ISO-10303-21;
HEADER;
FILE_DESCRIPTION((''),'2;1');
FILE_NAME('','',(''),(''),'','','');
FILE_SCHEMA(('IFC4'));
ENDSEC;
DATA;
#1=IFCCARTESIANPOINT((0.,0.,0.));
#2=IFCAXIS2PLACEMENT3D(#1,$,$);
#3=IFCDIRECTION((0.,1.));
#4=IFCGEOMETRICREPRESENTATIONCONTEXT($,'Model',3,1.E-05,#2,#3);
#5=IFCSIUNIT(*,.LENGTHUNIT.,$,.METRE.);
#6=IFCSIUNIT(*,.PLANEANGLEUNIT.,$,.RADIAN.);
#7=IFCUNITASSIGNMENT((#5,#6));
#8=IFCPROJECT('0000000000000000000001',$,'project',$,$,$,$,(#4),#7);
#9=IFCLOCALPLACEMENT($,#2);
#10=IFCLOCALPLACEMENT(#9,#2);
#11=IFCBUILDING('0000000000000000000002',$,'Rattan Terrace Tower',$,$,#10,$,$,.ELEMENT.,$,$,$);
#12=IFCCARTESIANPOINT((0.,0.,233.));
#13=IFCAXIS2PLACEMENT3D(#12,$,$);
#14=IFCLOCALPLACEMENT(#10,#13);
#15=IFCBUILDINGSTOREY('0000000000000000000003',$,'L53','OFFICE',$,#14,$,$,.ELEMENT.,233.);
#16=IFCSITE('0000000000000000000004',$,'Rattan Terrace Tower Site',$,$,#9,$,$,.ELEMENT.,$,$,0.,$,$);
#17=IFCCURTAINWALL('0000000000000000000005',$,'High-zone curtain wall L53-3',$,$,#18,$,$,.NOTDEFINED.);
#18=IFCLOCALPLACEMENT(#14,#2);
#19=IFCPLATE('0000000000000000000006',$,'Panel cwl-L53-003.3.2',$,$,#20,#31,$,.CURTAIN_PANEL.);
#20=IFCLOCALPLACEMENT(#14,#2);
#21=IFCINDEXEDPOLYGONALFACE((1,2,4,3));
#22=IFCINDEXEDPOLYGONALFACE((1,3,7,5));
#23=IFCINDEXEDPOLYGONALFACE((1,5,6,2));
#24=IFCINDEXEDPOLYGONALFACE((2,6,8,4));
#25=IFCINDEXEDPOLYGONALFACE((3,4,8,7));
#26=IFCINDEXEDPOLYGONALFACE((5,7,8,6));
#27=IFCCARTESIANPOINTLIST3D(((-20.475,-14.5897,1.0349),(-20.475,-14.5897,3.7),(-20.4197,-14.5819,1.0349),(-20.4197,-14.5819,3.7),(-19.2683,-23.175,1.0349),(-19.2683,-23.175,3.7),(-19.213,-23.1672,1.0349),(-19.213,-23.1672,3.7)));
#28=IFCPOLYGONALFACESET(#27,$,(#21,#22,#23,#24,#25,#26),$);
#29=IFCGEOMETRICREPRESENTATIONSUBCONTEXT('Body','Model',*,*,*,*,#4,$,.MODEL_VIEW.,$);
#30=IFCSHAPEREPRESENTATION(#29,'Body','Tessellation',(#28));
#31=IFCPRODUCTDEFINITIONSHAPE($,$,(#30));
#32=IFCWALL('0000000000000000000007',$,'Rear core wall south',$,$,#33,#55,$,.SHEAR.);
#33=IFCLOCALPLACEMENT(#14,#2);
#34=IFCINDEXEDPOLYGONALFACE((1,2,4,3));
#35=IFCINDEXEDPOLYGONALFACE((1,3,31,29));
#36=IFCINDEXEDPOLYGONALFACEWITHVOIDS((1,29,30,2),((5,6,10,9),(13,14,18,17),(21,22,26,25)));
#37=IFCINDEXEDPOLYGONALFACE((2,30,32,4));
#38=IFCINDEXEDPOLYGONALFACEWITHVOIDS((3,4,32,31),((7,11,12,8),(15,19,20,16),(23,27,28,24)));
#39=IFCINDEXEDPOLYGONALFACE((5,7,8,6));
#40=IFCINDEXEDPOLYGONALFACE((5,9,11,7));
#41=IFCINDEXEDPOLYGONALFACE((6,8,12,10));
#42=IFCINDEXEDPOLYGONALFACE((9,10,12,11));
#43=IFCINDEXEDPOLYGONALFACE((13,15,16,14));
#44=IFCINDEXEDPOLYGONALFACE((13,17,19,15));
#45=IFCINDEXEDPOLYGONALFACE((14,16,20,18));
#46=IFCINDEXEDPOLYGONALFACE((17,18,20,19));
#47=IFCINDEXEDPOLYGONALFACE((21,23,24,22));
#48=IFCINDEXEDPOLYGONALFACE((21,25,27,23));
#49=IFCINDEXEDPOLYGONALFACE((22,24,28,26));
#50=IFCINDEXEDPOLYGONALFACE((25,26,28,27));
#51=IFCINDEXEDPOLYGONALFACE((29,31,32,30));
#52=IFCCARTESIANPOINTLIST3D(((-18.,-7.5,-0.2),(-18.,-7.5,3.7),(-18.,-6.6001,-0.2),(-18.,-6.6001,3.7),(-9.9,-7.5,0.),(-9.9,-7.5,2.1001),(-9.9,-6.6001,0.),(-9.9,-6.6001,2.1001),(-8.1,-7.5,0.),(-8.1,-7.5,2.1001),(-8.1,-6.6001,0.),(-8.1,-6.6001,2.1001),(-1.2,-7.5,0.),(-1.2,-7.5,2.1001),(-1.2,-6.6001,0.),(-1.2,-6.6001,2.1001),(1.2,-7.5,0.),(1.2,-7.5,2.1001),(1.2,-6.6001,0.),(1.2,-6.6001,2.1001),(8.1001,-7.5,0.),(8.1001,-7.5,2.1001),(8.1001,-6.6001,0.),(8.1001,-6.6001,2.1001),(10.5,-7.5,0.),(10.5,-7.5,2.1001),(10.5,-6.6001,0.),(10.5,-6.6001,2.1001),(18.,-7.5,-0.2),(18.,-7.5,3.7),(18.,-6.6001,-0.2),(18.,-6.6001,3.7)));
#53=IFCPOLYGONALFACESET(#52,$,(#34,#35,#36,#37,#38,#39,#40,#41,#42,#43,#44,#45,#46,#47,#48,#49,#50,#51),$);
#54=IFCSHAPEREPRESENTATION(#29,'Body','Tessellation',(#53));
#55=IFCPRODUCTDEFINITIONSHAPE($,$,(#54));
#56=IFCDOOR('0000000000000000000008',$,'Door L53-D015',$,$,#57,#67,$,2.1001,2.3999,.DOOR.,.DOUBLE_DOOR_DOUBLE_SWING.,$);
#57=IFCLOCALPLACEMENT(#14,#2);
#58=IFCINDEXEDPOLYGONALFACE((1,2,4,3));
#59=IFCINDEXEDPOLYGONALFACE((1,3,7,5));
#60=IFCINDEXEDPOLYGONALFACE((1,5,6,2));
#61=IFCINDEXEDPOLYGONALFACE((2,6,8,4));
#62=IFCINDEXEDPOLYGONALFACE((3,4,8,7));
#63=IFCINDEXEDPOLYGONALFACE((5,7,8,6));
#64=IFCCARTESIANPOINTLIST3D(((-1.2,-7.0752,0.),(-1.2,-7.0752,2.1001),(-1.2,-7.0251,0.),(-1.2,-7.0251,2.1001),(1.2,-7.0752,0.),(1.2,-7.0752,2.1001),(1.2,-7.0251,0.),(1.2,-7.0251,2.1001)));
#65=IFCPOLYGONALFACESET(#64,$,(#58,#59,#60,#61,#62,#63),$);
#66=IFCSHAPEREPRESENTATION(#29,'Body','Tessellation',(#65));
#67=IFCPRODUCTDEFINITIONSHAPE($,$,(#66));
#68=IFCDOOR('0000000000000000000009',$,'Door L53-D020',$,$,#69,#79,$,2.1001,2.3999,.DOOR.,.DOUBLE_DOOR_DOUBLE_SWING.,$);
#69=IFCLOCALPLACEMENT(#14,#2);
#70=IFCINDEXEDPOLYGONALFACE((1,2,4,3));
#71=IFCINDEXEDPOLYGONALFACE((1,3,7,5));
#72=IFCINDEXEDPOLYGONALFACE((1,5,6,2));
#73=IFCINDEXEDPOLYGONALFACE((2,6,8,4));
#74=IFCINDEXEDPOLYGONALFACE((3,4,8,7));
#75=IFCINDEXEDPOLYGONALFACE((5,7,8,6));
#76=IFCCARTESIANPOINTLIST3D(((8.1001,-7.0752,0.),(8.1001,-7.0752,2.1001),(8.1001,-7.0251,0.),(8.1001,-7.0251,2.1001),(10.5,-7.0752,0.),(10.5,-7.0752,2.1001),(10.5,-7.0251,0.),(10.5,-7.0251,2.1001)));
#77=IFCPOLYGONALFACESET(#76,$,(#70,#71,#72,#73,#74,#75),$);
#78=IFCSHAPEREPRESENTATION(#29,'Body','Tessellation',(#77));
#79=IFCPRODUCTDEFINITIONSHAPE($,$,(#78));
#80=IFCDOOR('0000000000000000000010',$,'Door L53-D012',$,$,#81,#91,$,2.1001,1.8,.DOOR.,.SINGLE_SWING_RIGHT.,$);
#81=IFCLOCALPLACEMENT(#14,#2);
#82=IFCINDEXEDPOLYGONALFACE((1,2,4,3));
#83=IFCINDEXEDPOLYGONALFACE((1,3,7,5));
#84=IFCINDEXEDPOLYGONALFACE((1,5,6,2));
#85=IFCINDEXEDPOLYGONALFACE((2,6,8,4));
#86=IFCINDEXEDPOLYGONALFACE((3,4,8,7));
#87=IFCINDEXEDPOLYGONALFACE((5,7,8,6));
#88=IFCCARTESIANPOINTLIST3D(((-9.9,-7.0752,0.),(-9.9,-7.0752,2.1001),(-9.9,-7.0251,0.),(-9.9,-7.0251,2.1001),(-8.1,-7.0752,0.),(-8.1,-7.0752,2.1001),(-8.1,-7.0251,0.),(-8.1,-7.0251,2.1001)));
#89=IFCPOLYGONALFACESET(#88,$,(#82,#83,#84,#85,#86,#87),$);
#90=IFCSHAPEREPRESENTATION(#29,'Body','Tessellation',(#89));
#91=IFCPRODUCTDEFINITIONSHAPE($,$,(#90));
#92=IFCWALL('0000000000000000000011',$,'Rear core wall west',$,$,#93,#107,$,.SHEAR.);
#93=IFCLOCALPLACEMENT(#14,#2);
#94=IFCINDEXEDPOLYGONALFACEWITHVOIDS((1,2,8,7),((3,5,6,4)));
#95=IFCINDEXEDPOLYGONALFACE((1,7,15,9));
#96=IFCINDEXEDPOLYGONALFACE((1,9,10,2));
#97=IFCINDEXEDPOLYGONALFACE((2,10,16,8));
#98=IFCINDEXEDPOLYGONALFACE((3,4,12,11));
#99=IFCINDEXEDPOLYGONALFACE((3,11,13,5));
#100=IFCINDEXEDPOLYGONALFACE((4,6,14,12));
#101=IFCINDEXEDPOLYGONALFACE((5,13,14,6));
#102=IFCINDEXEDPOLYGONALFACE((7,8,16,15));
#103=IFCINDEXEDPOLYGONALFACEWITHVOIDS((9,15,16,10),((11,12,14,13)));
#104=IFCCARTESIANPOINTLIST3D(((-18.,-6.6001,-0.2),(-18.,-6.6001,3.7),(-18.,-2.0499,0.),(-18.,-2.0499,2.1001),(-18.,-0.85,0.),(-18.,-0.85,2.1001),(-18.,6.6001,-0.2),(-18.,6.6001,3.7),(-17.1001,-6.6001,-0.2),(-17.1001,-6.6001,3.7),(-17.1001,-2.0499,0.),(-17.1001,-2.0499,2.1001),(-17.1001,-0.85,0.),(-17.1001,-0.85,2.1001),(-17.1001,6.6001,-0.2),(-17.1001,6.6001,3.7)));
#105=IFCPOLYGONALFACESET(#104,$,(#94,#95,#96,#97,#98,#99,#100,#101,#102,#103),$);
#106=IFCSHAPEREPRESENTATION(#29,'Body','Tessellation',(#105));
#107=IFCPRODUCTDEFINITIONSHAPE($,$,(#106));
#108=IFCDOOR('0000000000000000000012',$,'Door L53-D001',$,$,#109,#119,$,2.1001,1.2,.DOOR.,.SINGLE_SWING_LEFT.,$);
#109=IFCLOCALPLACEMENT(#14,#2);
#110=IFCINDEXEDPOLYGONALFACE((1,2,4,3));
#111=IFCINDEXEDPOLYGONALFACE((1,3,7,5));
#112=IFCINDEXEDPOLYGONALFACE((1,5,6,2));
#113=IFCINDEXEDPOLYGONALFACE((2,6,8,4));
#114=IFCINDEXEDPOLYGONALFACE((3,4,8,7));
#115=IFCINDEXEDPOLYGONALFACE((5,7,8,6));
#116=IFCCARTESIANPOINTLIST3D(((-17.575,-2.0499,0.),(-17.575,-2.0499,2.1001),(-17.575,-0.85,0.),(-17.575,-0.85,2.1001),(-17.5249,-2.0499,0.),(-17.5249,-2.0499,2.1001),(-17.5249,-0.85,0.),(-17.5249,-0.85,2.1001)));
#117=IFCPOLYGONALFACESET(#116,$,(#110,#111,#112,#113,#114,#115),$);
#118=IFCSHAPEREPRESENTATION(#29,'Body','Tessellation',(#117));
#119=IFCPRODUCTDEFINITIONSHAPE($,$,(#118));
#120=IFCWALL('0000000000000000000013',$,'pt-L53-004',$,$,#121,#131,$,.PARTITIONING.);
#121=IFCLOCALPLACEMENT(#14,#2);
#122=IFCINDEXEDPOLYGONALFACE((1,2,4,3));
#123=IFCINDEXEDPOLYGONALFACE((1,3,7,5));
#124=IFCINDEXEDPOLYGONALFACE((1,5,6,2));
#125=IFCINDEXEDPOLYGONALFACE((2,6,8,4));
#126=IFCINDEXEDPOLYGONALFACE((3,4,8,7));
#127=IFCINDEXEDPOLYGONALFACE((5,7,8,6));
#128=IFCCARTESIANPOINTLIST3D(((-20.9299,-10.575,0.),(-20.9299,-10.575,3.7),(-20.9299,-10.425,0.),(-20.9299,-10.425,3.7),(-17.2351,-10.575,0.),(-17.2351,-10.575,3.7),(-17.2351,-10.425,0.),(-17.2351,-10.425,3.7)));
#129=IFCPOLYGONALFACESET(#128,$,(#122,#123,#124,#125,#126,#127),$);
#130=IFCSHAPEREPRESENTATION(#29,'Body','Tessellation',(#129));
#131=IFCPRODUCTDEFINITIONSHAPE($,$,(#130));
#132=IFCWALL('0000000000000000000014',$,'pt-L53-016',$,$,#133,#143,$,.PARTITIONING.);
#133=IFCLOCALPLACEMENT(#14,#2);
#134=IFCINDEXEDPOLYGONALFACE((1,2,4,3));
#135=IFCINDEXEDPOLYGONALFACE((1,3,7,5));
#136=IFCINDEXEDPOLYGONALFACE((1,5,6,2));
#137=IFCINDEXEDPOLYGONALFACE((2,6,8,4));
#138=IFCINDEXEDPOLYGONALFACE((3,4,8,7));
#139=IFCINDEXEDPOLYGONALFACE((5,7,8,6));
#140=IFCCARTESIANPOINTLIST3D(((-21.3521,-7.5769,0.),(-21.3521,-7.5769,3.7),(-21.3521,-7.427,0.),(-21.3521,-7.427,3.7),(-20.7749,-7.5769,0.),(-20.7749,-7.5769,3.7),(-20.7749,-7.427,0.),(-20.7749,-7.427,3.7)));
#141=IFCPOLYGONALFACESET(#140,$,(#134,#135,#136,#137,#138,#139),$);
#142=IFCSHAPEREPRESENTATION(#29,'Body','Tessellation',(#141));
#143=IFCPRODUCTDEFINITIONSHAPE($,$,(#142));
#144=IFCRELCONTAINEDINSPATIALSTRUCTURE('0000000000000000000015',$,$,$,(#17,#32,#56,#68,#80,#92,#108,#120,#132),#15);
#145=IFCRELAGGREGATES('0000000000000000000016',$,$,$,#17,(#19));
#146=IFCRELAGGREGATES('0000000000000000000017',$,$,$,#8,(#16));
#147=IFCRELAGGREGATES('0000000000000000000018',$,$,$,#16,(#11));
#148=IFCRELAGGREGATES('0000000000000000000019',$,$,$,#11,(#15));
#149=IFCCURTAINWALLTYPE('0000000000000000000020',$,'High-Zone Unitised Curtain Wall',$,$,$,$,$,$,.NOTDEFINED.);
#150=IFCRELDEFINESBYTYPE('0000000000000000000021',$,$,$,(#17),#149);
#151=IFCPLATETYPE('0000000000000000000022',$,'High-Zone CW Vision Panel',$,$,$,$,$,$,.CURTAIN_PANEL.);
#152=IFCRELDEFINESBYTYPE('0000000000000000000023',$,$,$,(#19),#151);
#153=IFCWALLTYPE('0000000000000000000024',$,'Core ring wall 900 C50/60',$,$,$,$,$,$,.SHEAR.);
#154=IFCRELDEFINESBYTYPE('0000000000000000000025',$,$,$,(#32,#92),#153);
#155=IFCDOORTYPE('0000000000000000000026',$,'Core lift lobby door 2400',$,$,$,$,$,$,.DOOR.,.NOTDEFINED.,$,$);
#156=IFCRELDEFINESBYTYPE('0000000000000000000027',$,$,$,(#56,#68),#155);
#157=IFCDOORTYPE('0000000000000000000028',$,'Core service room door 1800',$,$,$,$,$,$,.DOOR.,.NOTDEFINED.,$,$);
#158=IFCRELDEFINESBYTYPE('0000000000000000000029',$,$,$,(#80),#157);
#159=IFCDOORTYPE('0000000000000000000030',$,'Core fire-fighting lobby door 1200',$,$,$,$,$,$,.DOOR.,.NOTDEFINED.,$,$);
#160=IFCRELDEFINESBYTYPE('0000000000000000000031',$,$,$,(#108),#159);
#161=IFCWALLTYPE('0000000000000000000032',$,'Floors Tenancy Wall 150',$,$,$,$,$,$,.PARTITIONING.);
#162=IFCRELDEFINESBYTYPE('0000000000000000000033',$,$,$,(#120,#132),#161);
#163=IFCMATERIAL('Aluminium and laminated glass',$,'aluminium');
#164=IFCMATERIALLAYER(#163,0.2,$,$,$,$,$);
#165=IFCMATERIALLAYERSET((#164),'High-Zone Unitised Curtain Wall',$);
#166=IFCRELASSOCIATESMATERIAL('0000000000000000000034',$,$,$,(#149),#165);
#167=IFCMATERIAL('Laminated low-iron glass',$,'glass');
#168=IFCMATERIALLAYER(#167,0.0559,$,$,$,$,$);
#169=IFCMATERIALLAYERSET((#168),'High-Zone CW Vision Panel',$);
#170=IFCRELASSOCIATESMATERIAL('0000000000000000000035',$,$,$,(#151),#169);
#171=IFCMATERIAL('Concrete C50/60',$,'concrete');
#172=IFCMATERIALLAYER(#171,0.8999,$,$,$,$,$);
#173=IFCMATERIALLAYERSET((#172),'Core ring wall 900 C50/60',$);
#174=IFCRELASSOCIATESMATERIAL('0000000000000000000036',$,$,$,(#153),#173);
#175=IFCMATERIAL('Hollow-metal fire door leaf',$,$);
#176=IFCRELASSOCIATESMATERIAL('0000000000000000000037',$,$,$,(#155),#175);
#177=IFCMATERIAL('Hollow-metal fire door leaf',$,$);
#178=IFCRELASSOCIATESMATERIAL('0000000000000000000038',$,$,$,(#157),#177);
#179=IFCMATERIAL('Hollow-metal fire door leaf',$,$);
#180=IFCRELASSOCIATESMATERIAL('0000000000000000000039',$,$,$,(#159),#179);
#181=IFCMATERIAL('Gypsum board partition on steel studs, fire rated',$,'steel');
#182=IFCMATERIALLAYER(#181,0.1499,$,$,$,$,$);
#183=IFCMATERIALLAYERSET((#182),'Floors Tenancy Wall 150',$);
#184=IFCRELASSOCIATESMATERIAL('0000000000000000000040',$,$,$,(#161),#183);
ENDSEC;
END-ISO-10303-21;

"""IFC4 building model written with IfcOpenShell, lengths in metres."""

from ifc_helpers import new_model, si_unit, direction, frame, frame_2d, origin, origin_2d, place, context, subcontext, project, spatial, rectangle, extrude, material, layer, layer_set, type_object, element, fill, aggregate, save


model = new_model("IFC4")

# Units and contexts
model_context = context("Model", 3, precision=1e-05, world=origin(), true_north=direction((0.0, 1.0)))
body_context = subcontext(model_context, "Body", "Model", "MODEL_VIEW")
ifc_project = project(units=[si_unit("LENGTHUNIT", "METRE"), si_unit("PLANEANGLEUNIT", "RADIAN")], contexts=[model_context])

# Site, building, storey
site_placement = place(None, origin())
site = spatial("IfcSite", under=ifc_project, at=site_placement, Name="Rattan Terrace Tower Site", CompositionType="ELEMENT", RefElevation=0.0)
building_placement = place(site_placement, origin())
building = spatial("IfcBuilding", under=site, at=building_placement, Name="Rattan Terrace Tower", CompositionType="ELEMENT")
storey_placement = place(building_placement, frame((0.0, 0.0, 233.0)))
storey = spatial("IfcBuildingStorey", under=building, at=storey_placement, Name="L53", Description="OFFICE", CompositionType="ELEMENT", Elevation=233.0)

# Curtain wall, plate
ifc_material_1 = material(Name="Aluminium and laminated glass", Category="aluminium")
ifc_layer_1 = layer(ifc_material_1, 0.2)
ifc_layer_set_1 = layer_set([ifc_layer_1], Name="High-Zone Unitised Curtain Wall")
curtain_wall_type = type_object("IfcCurtainWallType", Name="High-Zone Unitised Curtain Wall", PredefinedType="NOTDEFINED", material=ifc_layer_set_1)
curtain_wall_placement = place(storey_placement, origin())
curtain_wall = element("IfcCurtainWall", 1, at=curtain_wall_placement, inside=storey, type_object=curtain_wall_type, Name="High-zone curtain wall L53-3", PredefinedType="NOTDEFINED")
ifc_material_2 = material(Name="Laminated low-iron glass", Category="glass")
ifc_layer_2 = layer(ifc_material_2, 0.0559)
ifc_layer_set_2 = layer_set([ifc_layer_2], Name="High-Zone CW Vision Panel")
plate_type_1 = type_object("IfcPlateType", Name="High-Zone CW Vision Panel", PredefinedType="CURTAIN_PANEL", material=ifc_layer_set_2)
plate_1_placement = place(storey_placement, frame((-19.844, -18.8784, 1.0349), z_axis=(0.0, 0.0, 1.0), x_axis=(0.139186, -0.990266, 0.0)))
plate_1 = element("IfcPlate", 2, at=plate_1_placement, type_object=plate_type_1, Name="Panel cwl-L53-003.3.2", PredefinedType="CURTAIN_PANEL", context=body_context, shape_type="SweptSolid", body=[
    extrude(rectangle(XDim=8.6697, YDim=0.0559, at=origin_2d()), origin(), (0.0, 0.0, 1.0), 2.665),
])
aggregate(curtain_wall, [plate_1])

# Wall, openings, doors
ifc_material_3 = material(Name="Concrete C50/60", Category="concrete")
ifc_layer_3 = layer(ifc_material_3, 0.8999)
ifc_layer_set_3 = layer_set([ifc_layer_3], Name="Core ring wall 900 C50/60")
wall_type_1 = type_object("IfcWallType", Name="Core ring wall 900 C50/60", PredefinedType="SHEAR", material=ifc_layer_set_3)
wall_1_placement = place(storey_placement, frame((-18.0, -7.05, -0.2), z_axis=(0.0, 0.0, 1.0), x_axis=(1.0, 0.0, 0.0)))
wall_1 = element("IfcWall", 3, at=wall_1_placement, inside=storey, type_object=wall_type_1, Name="Rear core wall south", PredefinedType="SHEAR", context=body_context, shape_type="SweptSolid", body=[
    extrude(rectangle(XDim=36.0, YDim=0.8999, at=frame_2d((18.0, 0.0))), origin(), (0.0, 0.0, 1.0), 3.8999),
])
opening_1_placement = place(wall_1_placement, frame((8.1001, 0.0, 0.2)))
opening_1 = element("IfcOpeningElement", 4, at=opening_1_placement, cuts=wall_1, PredefinedType="OPENING", context=body_context, shape_type="SweptSolid", body=[
    extrude(rectangle(XDim=1.8, YDim=2.1001, at=frame_2d((0.8999, 1.05))), frame((0.0, 0.4604, 0.0), z_axis=(0.0, -1.0, 0.0), x_axis=(1.0, 0.0, 0.0)), (0.0, 0.0, 1.0), 0.9209),
])
opening_2_placement = place(wall_1_placement, frame((16.8, 0.0, 0.2)))
opening_2 = element("IfcOpeningElement", 5, at=opening_2_placement, cuts=wall_1, PredefinedType="OPENING", context=body_context, shape_type="SweptSolid", body=[
    extrude(rectangle(XDim=2.3999, YDim=2.1001, at=frame_2d((1.2, 1.05))), frame((0.0, 0.4604, 0.0), z_axis=(0.0, -1.0, 0.0), x_axis=(1.0, 0.0, 0.0)), (0.0, 0.0, 1.0), 0.9209),
])
opening_3_placement = place(wall_1_placement, frame((26.1001, 0.0, 0.2)))
opening_3 = element("IfcOpeningElement", 6, at=opening_3_placement, cuts=wall_1, PredefinedType="OPENING", context=body_context, shape_type="SweptSolid", body=[
    extrude(rectangle(XDim=2.3999, YDim=2.1001, at=frame_2d((1.2, 1.05))), frame((0.0, 0.4604, 0.0), z_axis=(0.0, -1.0, 0.0), x_axis=(1.0, 0.0, 0.0)), (0.0, 0.0, 1.0), 0.9209),
])
ifc_material_4 = material(Name="Hollow-metal fire door leaf")
door_type_1 = type_object("IfcDoorType", Name="Core lift lobby door 2400", OperationType="NOTDEFINED", PredefinedType="DOOR", material=ifc_material_4)
door_1_placement = place(opening_2_placement, origin())
door_1 = element("IfcDoor", 7, at=door_1_placement, inside=storey, type_object=door_type_1, Name="Door L53-D015", OperationType="DOUBLE_DOOR_DOUBLE_SWING", OverallHeight=2.1001, OverallWidth=2.3999, PredefinedType="DOOR", context=body_context, shape_type="SweptSolid", body=[
    extrude(rectangle(XDim=2.3999, YDim=2.1001, at=frame_2d((1.2, 1.05))), frame((0.0, 0.0249, 0.0), z_axis=(0.0, -1.0, 0.0), x_axis=(1.0, 0.0, 0.0)), (0.0, 0.0, 1.0), 0.05),
])
fill(opening_2, door_1)
door_2_placement = place(opening_3_placement, origin())
door_2 = element("IfcDoor", 8, at=door_2_placement, inside=storey, type_object=door_type_1, Name="Door L53-D020", OperationType="DOUBLE_DOOR_DOUBLE_SWING", OverallHeight=2.1001, OverallWidth=2.3999, PredefinedType="DOOR", context=body_context, shape_type="SweptSolid", body=[
    extrude(rectangle(XDim=2.3999, YDim=2.1001, at=frame_2d((1.2, 1.05))), frame((0.0, 0.0249, 0.0), z_axis=(0.0, -1.0, 0.0), x_axis=(1.0, 0.0, 0.0)), (0.0, 0.0, 1.0), 0.05),
])
fill(opening_3, door_2)
ifc_material_5 = material(Name="Hollow-metal fire door leaf")
door_type_2 = type_object("IfcDoorType", Name="Core service room door 1800", OperationType="NOTDEFINED", PredefinedType="DOOR", material=ifc_material_5)
door_3_placement = place(opening_1_placement, origin())
door_3 = element("IfcDoor", 9, at=door_3_placement, inside=storey, type_object=door_type_2, Name="Door L53-D012", OperationType="SINGLE_SWING_RIGHT", OverallHeight=2.1001, OverallWidth=1.8, PredefinedType="DOOR", context=body_context, shape_type="SweptSolid", body=[
    extrude(rectangle(XDim=1.8, YDim=2.1001, at=frame_2d((0.8999, 1.05))), frame((0.0, 0.0249, 0.0), z_axis=(0.0, -1.0, 0.0), x_axis=(1.0, 0.0, 0.0)), (0.0, 0.0, 1.0), 0.05),
])
fill(opening_1, door_3)

# Wall, opening, door
wall_2_placement = place(storey_placement, frame((-17.55, -6.6001, -0.2), z_axis=(0.0, 0.0, 1.0), x_axis=(0.0, 1.0, 0.0)))
wall_2 = element("IfcWall", 10, at=wall_2_placement, inside=storey, type_object=wall_type_1, Name="Rear core wall west", PredefinedType="SHEAR", context=body_context, shape_type="SweptSolid", body=[
    extrude(rectangle(XDim=13.2002, YDim=0.8999, at=frame_2d((6.6001, 0.0))), origin(), (0.0, 0.0, 1.0), 3.8999),
])
opening_4_placement = place(wall_2_placement, frame((4.55, 0.0, 0.2)))
opening_4 = element("IfcOpeningElement", 11, at=opening_4_placement, cuts=wall_2, PredefinedType="OPENING", context=body_context, shape_type="SweptSolid", body=[
    extrude(rectangle(XDim=1.2, YDim=2.1001, at=frame_2d((0.6001, 1.05))), frame((0.0, 0.4604, 0.0), z_axis=(0.0, -1.0, 0.0), x_axis=(1.0, 0.0, 0.0)), (0.0, 0.0, 1.0), 0.9209),
])
ifc_material_6 = material(Name="Hollow-metal fire door leaf")
door_type_3 = type_object("IfcDoorType", Name="Core fire-fighting lobby door 1200", OperationType="NOTDEFINED", PredefinedType="DOOR", material=ifc_material_6)
door_4_placement = place(opening_4_placement, origin())
door_4 = element("IfcDoor", 12, at=door_4_placement, inside=storey, type_object=door_type_3, Name="Door L53-D001", OperationType="SINGLE_SWING_LEFT", OverallHeight=2.1001, OverallWidth=1.2, PredefinedType="DOOR", context=body_context, shape_type="SweptSolid", body=[
    extrude(rectangle(XDim=1.2, YDim=2.1001, at=frame_2d((0.6001, 1.05))), frame((0.0, 0.0249, 0.0), z_axis=(0.0, -1.0, 0.0), x_axis=(1.0, 0.0, 0.0)), (0.0, 0.0, 1.0), 0.05),
])
fill(opening_4, door_4)

# Walls
ifc_material_7 = material(Name="Gypsum board partition on steel studs, fire rated", Category="steel")
ifc_layer_4 = layer(ifc_material_7, 0.1499)
ifc_layer_set_4 = layer_set([ifc_layer_4], Name="Floors Tenancy Wall 150")
wall_type_2 = type_object("IfcWallType", Name="Floors Tenancy Wall 150", PredefinedType="PARTITIONING", material=ifc_layer_set_4)
wall_3_placement = place(storey_placement, frame((-17.2351, -10.5, 0.0), z_axis=(0.0, 0.0, 1.0), x_axis=(-1.0, 0.0, 0.0)))
element("IfcWall", 13, at=wall_3_placement, inside=storey, type_object=wall_type_2, Name="pt-L53-004", PredefinedType="PARTITIONING", context=body_context, shape_type="SweptSolid", body=[
    extrude(rectangle(XDim=3.6948, YDim=0.1499, at=frame_2d((1.8474, 0.0))), origin(), (0.0, 0.0, 1.0), 3.7),
])
wall_4_placement = place(storey_placement, frame((-21.3521, -7.502, 0.0), z_axis=(0.0, 0.0, 1.0), x_axis=(1.0, 0.0, 0.0)))
element("IfcWall", 14, at=wall_4_placement, inside=storey, type_object=wall_type_2, Name="pt-L53-016", PredefinedType="PARTITIONING", context=body_context, shape_type="SweptSolid", body=[
    extrude(rectangle(XDim=0.5771, YDim=0.1499, at=frame_2d((0.2886, 0.0))), origin(), (0.0, 0.0, 1.0), 3.7),
])

save(model, "model.ifc")
